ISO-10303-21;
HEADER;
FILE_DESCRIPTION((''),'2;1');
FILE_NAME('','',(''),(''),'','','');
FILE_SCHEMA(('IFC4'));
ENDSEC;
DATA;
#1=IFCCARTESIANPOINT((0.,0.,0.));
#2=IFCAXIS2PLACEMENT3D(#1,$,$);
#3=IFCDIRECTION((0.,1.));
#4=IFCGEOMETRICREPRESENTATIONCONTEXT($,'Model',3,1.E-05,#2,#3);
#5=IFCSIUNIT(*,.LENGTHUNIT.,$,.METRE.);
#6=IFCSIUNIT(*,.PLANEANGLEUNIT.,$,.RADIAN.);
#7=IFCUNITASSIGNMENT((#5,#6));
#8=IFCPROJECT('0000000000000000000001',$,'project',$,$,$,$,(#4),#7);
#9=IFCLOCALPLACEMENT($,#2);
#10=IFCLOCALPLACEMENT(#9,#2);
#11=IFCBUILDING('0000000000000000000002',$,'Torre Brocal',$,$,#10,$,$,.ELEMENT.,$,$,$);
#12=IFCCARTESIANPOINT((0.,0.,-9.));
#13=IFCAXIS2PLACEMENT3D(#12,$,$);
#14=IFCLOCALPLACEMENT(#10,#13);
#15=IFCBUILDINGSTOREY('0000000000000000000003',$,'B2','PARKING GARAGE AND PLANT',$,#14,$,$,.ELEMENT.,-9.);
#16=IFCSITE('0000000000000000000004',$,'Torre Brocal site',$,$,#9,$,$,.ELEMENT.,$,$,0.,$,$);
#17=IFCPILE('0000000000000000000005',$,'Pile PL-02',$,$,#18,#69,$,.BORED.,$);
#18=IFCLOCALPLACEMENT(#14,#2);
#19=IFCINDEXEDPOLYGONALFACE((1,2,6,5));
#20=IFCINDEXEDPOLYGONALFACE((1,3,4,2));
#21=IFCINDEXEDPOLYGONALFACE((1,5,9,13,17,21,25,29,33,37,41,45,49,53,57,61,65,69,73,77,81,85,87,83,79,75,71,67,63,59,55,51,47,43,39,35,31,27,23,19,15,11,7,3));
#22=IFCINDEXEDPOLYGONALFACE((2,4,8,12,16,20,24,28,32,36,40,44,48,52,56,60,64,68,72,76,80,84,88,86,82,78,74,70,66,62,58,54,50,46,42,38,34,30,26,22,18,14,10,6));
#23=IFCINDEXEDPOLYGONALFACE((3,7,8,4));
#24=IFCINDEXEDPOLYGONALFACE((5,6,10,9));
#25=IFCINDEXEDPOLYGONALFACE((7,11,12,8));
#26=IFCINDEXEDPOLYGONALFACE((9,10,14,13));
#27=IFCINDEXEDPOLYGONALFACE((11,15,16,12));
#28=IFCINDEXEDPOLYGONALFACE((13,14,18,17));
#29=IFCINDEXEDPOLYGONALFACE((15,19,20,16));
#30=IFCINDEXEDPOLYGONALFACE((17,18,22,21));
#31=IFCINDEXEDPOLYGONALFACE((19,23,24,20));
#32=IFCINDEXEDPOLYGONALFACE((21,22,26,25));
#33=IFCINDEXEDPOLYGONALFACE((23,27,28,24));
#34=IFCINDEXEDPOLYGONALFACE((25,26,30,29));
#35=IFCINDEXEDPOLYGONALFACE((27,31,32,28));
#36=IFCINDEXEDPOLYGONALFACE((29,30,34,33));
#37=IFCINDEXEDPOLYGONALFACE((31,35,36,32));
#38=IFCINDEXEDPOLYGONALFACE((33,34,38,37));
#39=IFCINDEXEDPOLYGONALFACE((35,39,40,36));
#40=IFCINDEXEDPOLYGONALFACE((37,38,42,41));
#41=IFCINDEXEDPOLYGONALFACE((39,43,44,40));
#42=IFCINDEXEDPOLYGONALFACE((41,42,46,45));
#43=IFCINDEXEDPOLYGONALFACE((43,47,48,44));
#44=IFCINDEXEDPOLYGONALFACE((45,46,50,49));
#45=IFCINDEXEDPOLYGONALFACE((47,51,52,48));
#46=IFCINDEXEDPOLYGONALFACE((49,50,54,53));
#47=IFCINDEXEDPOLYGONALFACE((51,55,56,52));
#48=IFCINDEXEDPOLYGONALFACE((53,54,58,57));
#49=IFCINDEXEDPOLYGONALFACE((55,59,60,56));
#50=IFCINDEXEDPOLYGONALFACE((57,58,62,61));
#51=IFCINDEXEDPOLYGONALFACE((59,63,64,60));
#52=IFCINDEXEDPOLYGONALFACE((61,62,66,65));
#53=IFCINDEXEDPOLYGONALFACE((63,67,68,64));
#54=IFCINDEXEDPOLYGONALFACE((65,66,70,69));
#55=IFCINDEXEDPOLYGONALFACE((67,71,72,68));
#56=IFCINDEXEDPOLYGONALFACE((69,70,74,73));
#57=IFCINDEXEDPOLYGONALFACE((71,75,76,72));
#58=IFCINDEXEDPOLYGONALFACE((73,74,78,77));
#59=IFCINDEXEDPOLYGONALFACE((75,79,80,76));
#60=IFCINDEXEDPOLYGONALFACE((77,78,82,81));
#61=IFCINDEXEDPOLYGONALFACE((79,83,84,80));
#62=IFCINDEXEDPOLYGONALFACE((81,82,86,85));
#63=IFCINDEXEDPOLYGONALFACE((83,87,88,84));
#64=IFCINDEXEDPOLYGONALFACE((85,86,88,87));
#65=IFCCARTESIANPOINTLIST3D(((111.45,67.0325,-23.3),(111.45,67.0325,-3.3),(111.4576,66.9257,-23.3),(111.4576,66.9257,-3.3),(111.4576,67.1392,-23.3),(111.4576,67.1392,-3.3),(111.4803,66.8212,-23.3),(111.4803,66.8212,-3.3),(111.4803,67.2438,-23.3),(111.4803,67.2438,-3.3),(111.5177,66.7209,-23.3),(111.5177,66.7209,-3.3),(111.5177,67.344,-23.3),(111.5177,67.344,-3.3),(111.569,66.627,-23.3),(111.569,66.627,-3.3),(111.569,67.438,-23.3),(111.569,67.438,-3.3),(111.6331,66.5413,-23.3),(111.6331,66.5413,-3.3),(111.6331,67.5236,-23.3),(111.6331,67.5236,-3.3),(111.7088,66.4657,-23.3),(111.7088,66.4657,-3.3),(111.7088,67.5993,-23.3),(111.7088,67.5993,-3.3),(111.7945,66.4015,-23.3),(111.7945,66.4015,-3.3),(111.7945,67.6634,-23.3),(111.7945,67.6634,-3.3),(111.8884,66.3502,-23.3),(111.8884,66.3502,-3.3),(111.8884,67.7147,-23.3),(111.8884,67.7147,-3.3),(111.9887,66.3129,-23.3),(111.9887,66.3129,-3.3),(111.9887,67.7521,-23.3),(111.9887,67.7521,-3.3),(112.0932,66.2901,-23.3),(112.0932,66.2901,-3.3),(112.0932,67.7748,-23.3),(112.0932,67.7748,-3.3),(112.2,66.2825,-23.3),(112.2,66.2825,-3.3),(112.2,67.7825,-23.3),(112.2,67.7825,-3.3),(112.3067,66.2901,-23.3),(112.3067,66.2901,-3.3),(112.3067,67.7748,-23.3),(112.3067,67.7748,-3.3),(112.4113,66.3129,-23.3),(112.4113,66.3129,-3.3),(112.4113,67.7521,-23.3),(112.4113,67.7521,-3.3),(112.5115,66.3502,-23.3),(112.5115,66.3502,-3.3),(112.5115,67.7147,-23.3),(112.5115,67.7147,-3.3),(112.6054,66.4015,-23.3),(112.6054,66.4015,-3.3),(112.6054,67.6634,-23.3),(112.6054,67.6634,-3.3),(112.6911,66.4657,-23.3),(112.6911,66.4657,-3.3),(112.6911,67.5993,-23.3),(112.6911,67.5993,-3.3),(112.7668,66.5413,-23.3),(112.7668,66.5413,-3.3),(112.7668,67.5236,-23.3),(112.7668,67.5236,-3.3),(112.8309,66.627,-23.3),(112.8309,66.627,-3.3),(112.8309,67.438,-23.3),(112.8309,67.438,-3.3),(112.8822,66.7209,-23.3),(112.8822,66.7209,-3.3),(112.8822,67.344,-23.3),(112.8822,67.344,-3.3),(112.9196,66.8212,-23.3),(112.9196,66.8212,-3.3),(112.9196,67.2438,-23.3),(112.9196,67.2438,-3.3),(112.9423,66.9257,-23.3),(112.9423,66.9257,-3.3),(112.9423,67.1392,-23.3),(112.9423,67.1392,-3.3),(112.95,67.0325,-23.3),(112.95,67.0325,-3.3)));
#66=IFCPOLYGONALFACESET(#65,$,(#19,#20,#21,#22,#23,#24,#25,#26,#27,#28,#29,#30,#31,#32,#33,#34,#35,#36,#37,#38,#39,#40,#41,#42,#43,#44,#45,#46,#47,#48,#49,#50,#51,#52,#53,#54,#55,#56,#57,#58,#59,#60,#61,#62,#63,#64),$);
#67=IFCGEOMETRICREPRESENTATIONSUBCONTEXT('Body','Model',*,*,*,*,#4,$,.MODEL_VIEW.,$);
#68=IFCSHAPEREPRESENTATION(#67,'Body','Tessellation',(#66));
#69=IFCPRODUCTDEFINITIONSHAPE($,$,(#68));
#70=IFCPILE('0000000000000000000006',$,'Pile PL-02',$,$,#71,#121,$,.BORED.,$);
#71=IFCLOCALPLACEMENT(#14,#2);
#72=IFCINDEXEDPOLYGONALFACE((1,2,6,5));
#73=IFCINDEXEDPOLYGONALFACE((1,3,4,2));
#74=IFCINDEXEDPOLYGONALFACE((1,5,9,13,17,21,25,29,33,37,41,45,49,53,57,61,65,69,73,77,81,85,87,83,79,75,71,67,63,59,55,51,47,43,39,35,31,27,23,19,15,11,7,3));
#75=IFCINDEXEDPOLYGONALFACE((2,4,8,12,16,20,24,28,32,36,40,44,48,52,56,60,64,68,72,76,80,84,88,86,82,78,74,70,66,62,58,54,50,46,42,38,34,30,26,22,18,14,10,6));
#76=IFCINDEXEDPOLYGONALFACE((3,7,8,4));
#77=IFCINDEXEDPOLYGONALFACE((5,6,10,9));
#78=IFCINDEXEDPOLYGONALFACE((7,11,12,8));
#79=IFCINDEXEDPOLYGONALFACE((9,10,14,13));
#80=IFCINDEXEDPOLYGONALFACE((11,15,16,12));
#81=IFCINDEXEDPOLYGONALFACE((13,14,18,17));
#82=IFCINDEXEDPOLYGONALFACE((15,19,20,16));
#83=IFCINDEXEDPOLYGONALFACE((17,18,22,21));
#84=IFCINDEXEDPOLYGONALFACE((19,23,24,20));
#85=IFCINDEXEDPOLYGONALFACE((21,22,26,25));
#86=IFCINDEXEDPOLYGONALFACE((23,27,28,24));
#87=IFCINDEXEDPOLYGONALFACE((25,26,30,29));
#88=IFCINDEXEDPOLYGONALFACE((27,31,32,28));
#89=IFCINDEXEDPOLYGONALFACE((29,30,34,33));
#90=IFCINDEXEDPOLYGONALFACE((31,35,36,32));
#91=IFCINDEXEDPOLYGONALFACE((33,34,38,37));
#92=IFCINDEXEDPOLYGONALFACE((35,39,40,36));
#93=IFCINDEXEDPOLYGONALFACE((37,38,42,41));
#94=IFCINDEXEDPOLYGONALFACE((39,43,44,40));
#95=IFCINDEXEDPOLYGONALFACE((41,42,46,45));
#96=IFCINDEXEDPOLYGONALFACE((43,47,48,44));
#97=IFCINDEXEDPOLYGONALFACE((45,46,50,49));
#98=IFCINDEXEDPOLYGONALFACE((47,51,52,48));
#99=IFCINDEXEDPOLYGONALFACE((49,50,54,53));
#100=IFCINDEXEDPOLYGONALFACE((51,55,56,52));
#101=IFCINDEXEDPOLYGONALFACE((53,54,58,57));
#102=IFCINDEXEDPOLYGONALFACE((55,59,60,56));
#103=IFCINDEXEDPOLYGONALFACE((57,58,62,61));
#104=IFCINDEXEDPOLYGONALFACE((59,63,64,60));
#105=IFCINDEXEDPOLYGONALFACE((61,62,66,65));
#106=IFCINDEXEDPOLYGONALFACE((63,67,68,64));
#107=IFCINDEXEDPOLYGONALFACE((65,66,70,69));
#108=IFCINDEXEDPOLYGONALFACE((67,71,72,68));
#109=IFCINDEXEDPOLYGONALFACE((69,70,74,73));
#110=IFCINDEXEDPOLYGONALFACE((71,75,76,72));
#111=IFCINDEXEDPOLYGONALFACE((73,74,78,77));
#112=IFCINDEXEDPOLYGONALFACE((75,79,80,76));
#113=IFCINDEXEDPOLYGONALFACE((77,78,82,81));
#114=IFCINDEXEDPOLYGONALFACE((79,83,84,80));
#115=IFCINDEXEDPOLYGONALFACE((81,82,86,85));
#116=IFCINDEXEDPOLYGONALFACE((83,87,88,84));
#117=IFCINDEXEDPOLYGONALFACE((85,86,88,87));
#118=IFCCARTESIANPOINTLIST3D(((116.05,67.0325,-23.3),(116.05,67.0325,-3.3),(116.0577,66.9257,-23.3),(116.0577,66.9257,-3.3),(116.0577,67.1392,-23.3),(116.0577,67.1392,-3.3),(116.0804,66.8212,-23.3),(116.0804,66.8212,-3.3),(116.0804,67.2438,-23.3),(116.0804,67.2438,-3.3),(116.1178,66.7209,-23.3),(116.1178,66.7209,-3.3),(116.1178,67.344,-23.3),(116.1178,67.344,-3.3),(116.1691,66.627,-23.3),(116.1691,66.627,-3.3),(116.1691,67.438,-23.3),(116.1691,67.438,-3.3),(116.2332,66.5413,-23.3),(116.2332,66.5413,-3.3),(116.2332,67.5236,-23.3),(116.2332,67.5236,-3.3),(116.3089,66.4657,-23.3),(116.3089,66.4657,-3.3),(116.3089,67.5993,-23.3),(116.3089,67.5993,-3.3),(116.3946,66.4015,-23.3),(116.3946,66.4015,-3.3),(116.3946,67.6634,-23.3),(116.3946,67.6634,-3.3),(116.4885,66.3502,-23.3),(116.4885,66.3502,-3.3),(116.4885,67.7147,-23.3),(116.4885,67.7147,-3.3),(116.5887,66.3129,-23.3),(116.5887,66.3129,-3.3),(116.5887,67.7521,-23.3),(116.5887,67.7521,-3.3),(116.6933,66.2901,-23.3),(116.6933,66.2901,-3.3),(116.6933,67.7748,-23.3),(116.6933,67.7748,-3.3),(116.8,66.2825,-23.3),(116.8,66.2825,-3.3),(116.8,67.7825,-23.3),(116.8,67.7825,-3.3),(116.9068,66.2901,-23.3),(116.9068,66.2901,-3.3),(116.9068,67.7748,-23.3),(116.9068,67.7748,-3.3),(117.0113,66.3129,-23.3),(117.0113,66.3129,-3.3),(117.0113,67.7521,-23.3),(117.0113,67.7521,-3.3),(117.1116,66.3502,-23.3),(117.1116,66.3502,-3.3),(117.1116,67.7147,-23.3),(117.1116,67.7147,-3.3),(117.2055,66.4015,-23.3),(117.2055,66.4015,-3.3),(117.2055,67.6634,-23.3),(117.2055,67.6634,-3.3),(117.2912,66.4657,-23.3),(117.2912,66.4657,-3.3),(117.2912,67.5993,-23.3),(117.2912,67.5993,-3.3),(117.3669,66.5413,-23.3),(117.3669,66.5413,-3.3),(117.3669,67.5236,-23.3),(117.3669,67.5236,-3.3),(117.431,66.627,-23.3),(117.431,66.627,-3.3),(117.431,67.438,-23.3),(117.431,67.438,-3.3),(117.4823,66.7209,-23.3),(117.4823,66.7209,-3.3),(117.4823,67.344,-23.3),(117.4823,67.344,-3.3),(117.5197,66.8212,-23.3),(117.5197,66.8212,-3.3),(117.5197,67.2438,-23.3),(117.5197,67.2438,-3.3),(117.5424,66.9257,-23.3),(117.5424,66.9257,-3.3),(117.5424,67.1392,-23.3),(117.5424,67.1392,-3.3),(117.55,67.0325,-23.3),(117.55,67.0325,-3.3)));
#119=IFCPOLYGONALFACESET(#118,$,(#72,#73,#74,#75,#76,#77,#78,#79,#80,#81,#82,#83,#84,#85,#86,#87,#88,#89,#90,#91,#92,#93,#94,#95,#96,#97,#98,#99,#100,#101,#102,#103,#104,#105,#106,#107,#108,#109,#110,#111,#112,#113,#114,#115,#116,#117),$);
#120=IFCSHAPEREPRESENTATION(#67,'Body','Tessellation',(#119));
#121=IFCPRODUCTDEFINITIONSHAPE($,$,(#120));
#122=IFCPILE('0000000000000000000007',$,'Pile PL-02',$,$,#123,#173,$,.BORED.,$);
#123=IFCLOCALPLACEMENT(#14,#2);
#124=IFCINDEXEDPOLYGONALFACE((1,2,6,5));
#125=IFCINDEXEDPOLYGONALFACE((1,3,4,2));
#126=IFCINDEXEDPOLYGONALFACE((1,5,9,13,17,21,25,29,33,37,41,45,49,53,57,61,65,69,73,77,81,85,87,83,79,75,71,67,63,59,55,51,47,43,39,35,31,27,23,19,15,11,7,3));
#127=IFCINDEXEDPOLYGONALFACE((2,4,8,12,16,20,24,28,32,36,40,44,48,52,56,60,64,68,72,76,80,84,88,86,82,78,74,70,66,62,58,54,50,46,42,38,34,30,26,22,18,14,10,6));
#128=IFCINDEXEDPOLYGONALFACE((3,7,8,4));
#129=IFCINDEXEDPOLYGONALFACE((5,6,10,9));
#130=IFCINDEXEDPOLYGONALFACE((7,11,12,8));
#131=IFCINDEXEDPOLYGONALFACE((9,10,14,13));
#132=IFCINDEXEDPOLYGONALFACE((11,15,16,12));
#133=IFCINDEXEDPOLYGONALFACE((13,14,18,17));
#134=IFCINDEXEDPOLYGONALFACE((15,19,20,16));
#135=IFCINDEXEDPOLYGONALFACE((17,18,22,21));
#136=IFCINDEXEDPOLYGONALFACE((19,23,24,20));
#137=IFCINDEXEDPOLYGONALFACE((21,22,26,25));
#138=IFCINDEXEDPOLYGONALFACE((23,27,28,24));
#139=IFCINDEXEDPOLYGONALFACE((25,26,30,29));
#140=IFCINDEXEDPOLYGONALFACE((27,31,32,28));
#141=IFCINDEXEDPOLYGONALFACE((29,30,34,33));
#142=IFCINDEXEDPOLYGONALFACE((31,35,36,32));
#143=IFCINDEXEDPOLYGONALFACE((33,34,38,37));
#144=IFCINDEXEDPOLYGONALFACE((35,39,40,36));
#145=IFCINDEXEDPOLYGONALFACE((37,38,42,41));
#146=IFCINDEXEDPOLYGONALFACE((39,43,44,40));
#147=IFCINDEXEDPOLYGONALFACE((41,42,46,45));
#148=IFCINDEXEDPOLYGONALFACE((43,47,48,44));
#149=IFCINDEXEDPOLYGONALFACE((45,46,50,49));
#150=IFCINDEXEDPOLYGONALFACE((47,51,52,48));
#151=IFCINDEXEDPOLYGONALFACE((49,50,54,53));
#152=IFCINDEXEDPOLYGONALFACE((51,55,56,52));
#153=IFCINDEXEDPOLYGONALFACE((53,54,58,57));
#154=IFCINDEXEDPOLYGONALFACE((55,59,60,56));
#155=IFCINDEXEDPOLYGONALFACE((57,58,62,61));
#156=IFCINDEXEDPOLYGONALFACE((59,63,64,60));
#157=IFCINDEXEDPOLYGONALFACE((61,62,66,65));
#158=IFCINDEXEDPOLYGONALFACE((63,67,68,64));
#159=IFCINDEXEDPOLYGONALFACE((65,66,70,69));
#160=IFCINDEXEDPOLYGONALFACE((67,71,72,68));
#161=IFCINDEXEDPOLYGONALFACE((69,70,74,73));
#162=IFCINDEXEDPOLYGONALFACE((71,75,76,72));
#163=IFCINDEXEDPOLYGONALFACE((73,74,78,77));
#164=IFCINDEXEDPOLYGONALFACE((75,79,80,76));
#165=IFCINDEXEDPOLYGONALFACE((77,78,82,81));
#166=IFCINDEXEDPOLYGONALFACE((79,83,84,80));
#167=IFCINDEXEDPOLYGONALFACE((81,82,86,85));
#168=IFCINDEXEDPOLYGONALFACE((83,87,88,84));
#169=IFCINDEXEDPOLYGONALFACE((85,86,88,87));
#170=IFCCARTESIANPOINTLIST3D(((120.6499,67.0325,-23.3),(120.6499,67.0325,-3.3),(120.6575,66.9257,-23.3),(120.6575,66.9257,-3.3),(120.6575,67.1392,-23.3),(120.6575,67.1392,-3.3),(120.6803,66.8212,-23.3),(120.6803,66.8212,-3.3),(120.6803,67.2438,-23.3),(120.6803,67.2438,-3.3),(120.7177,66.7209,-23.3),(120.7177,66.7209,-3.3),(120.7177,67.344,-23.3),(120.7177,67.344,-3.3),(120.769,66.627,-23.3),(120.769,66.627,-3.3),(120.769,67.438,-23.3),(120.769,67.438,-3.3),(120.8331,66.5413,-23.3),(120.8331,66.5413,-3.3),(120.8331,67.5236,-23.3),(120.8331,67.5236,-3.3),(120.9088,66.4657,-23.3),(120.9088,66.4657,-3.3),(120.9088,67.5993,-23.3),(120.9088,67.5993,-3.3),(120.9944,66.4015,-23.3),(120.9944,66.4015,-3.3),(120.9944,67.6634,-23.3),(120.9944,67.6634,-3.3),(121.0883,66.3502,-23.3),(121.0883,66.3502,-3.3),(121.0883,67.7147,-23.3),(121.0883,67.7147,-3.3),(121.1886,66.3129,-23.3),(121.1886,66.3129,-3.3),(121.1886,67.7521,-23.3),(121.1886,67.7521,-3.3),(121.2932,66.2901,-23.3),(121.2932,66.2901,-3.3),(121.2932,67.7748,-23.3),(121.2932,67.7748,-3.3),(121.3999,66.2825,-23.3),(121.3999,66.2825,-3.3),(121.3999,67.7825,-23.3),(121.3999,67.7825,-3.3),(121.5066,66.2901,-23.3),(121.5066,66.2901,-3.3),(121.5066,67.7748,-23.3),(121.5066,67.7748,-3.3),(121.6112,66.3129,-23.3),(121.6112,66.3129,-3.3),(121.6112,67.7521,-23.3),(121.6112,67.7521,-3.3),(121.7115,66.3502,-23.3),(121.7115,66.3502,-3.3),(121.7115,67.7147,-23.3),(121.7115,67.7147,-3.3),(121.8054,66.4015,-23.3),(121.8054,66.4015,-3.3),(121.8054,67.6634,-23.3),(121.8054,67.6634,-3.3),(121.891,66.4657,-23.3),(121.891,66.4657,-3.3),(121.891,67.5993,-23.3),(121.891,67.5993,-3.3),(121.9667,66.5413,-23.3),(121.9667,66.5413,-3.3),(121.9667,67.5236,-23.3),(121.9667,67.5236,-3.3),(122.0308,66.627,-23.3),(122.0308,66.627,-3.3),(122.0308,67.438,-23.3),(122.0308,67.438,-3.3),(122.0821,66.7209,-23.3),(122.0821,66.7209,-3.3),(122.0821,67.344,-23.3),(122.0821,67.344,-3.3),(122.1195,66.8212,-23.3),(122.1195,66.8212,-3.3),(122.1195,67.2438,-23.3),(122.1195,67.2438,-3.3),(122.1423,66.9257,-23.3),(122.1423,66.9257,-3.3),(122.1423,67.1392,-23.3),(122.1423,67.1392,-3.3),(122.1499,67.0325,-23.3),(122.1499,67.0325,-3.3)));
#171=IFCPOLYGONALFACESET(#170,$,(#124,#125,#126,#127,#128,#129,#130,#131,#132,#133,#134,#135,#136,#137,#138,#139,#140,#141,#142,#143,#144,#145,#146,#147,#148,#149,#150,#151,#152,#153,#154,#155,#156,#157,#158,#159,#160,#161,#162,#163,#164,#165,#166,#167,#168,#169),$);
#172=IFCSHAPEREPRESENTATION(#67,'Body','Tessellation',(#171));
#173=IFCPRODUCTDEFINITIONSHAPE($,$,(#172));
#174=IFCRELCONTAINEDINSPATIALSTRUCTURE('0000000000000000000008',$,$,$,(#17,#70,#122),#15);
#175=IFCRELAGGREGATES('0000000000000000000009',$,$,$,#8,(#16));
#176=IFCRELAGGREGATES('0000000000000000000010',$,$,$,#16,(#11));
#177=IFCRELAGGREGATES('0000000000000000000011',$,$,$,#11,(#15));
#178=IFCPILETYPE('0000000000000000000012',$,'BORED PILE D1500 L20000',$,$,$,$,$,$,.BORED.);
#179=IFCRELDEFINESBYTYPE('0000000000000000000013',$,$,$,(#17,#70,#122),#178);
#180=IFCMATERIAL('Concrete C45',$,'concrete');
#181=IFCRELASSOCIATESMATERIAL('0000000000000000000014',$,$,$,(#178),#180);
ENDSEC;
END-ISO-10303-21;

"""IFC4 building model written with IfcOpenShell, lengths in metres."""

from ifc_helpers import new_model, si_unit, direction, frame, origin, origin_2d, place, context, subcontext, project, spatial, circle, extrude, material, material_profile, profile_set, type_object, element, save


model = new_model("IFC4")

# Units and contexts
model_context = context("Model", 3, precision=1e-05, world=origin(), true_north=direction((0.0, 1.0)))
body_context = subcontext(model_context, "Body", "Model", "MODEL_VIEW")
ifc_project = project(units=[si_unit("LENGTHUNIT", "METRE"), si_unit("PLANEANGLEUNIT", "RADIAN")], contexts=[model_context])

# Site, building, storey
site_placement = place(None, origin())
site = spatial("IfcSite", under=ifc_project, at=site_placement, Name="Torre Brocal site", CompositionType="ELEMENT", RefElevation=0.0)
building_placement = place(site_placement, origin())
building = spatial("IfcBuilding", under=site, at=building_placement, Name="Torre Brocal", CompositionType="ELEMENT")
storey_placement = place(building_placement, frame((0.0, 0.0, -9.0)))
storey = spatial("IfcBuildingStorey", under=building, at=storey_placement, Name="B2", Description="PARKING GARAGE AND PLANT", CompositionType="ELEMENT", Elevation=-9.0)

# Piles
ifc_material_1 = material(Name="Concrete C45", Category="concrete")
ifc_material_profile_1 = material_profile(ifc_material_1, circle(Radius=0.75, at=origin_2d()), Name="BORED PILE D1500")
ifc_profile_set_1 = profile_set([ifc_material_profile_1], Name="Concrete C45")
pile_type_1 = type_object("IfcPileType", Name="BORED PILE D1500 L20000", PredefinedType="BORED", material=ifc_profile_set_1)
for number, where, z_axis, x_axis, name in (
    (1, (112.2, 67.0325, -3.3), (0.0, 0.0, -1.0), (1.0, 0.0, 0.0), "Pile PL-02"),
    (2, (116.8, 67.0325, -3.3), (0.0, 0.0, -1.0), (1.0, 0.0, 0.0), "Pile PL-02"),
    (3, (121.3999, 67.0325, -3.3), (0.0, 0.0, -1.0), (1.0, 0.0, 0.0), "Pile PL-02"),
):
    element("IfcPile", number, at=place(storey_placement, frame(where, z_axis=z_axis, x_axis=x_axis)), inside=storey, type_object=pile_type_1, Name=name, PredefinedType="BORED", context=body_context, shape_type="SweptSolid", body=[
        extrude(circle(Radius=0.75, at=origin_2d()), origin(), (0.0, 0.0, 1.0), 20.0),
    ])

save(model, "model.ifc")
